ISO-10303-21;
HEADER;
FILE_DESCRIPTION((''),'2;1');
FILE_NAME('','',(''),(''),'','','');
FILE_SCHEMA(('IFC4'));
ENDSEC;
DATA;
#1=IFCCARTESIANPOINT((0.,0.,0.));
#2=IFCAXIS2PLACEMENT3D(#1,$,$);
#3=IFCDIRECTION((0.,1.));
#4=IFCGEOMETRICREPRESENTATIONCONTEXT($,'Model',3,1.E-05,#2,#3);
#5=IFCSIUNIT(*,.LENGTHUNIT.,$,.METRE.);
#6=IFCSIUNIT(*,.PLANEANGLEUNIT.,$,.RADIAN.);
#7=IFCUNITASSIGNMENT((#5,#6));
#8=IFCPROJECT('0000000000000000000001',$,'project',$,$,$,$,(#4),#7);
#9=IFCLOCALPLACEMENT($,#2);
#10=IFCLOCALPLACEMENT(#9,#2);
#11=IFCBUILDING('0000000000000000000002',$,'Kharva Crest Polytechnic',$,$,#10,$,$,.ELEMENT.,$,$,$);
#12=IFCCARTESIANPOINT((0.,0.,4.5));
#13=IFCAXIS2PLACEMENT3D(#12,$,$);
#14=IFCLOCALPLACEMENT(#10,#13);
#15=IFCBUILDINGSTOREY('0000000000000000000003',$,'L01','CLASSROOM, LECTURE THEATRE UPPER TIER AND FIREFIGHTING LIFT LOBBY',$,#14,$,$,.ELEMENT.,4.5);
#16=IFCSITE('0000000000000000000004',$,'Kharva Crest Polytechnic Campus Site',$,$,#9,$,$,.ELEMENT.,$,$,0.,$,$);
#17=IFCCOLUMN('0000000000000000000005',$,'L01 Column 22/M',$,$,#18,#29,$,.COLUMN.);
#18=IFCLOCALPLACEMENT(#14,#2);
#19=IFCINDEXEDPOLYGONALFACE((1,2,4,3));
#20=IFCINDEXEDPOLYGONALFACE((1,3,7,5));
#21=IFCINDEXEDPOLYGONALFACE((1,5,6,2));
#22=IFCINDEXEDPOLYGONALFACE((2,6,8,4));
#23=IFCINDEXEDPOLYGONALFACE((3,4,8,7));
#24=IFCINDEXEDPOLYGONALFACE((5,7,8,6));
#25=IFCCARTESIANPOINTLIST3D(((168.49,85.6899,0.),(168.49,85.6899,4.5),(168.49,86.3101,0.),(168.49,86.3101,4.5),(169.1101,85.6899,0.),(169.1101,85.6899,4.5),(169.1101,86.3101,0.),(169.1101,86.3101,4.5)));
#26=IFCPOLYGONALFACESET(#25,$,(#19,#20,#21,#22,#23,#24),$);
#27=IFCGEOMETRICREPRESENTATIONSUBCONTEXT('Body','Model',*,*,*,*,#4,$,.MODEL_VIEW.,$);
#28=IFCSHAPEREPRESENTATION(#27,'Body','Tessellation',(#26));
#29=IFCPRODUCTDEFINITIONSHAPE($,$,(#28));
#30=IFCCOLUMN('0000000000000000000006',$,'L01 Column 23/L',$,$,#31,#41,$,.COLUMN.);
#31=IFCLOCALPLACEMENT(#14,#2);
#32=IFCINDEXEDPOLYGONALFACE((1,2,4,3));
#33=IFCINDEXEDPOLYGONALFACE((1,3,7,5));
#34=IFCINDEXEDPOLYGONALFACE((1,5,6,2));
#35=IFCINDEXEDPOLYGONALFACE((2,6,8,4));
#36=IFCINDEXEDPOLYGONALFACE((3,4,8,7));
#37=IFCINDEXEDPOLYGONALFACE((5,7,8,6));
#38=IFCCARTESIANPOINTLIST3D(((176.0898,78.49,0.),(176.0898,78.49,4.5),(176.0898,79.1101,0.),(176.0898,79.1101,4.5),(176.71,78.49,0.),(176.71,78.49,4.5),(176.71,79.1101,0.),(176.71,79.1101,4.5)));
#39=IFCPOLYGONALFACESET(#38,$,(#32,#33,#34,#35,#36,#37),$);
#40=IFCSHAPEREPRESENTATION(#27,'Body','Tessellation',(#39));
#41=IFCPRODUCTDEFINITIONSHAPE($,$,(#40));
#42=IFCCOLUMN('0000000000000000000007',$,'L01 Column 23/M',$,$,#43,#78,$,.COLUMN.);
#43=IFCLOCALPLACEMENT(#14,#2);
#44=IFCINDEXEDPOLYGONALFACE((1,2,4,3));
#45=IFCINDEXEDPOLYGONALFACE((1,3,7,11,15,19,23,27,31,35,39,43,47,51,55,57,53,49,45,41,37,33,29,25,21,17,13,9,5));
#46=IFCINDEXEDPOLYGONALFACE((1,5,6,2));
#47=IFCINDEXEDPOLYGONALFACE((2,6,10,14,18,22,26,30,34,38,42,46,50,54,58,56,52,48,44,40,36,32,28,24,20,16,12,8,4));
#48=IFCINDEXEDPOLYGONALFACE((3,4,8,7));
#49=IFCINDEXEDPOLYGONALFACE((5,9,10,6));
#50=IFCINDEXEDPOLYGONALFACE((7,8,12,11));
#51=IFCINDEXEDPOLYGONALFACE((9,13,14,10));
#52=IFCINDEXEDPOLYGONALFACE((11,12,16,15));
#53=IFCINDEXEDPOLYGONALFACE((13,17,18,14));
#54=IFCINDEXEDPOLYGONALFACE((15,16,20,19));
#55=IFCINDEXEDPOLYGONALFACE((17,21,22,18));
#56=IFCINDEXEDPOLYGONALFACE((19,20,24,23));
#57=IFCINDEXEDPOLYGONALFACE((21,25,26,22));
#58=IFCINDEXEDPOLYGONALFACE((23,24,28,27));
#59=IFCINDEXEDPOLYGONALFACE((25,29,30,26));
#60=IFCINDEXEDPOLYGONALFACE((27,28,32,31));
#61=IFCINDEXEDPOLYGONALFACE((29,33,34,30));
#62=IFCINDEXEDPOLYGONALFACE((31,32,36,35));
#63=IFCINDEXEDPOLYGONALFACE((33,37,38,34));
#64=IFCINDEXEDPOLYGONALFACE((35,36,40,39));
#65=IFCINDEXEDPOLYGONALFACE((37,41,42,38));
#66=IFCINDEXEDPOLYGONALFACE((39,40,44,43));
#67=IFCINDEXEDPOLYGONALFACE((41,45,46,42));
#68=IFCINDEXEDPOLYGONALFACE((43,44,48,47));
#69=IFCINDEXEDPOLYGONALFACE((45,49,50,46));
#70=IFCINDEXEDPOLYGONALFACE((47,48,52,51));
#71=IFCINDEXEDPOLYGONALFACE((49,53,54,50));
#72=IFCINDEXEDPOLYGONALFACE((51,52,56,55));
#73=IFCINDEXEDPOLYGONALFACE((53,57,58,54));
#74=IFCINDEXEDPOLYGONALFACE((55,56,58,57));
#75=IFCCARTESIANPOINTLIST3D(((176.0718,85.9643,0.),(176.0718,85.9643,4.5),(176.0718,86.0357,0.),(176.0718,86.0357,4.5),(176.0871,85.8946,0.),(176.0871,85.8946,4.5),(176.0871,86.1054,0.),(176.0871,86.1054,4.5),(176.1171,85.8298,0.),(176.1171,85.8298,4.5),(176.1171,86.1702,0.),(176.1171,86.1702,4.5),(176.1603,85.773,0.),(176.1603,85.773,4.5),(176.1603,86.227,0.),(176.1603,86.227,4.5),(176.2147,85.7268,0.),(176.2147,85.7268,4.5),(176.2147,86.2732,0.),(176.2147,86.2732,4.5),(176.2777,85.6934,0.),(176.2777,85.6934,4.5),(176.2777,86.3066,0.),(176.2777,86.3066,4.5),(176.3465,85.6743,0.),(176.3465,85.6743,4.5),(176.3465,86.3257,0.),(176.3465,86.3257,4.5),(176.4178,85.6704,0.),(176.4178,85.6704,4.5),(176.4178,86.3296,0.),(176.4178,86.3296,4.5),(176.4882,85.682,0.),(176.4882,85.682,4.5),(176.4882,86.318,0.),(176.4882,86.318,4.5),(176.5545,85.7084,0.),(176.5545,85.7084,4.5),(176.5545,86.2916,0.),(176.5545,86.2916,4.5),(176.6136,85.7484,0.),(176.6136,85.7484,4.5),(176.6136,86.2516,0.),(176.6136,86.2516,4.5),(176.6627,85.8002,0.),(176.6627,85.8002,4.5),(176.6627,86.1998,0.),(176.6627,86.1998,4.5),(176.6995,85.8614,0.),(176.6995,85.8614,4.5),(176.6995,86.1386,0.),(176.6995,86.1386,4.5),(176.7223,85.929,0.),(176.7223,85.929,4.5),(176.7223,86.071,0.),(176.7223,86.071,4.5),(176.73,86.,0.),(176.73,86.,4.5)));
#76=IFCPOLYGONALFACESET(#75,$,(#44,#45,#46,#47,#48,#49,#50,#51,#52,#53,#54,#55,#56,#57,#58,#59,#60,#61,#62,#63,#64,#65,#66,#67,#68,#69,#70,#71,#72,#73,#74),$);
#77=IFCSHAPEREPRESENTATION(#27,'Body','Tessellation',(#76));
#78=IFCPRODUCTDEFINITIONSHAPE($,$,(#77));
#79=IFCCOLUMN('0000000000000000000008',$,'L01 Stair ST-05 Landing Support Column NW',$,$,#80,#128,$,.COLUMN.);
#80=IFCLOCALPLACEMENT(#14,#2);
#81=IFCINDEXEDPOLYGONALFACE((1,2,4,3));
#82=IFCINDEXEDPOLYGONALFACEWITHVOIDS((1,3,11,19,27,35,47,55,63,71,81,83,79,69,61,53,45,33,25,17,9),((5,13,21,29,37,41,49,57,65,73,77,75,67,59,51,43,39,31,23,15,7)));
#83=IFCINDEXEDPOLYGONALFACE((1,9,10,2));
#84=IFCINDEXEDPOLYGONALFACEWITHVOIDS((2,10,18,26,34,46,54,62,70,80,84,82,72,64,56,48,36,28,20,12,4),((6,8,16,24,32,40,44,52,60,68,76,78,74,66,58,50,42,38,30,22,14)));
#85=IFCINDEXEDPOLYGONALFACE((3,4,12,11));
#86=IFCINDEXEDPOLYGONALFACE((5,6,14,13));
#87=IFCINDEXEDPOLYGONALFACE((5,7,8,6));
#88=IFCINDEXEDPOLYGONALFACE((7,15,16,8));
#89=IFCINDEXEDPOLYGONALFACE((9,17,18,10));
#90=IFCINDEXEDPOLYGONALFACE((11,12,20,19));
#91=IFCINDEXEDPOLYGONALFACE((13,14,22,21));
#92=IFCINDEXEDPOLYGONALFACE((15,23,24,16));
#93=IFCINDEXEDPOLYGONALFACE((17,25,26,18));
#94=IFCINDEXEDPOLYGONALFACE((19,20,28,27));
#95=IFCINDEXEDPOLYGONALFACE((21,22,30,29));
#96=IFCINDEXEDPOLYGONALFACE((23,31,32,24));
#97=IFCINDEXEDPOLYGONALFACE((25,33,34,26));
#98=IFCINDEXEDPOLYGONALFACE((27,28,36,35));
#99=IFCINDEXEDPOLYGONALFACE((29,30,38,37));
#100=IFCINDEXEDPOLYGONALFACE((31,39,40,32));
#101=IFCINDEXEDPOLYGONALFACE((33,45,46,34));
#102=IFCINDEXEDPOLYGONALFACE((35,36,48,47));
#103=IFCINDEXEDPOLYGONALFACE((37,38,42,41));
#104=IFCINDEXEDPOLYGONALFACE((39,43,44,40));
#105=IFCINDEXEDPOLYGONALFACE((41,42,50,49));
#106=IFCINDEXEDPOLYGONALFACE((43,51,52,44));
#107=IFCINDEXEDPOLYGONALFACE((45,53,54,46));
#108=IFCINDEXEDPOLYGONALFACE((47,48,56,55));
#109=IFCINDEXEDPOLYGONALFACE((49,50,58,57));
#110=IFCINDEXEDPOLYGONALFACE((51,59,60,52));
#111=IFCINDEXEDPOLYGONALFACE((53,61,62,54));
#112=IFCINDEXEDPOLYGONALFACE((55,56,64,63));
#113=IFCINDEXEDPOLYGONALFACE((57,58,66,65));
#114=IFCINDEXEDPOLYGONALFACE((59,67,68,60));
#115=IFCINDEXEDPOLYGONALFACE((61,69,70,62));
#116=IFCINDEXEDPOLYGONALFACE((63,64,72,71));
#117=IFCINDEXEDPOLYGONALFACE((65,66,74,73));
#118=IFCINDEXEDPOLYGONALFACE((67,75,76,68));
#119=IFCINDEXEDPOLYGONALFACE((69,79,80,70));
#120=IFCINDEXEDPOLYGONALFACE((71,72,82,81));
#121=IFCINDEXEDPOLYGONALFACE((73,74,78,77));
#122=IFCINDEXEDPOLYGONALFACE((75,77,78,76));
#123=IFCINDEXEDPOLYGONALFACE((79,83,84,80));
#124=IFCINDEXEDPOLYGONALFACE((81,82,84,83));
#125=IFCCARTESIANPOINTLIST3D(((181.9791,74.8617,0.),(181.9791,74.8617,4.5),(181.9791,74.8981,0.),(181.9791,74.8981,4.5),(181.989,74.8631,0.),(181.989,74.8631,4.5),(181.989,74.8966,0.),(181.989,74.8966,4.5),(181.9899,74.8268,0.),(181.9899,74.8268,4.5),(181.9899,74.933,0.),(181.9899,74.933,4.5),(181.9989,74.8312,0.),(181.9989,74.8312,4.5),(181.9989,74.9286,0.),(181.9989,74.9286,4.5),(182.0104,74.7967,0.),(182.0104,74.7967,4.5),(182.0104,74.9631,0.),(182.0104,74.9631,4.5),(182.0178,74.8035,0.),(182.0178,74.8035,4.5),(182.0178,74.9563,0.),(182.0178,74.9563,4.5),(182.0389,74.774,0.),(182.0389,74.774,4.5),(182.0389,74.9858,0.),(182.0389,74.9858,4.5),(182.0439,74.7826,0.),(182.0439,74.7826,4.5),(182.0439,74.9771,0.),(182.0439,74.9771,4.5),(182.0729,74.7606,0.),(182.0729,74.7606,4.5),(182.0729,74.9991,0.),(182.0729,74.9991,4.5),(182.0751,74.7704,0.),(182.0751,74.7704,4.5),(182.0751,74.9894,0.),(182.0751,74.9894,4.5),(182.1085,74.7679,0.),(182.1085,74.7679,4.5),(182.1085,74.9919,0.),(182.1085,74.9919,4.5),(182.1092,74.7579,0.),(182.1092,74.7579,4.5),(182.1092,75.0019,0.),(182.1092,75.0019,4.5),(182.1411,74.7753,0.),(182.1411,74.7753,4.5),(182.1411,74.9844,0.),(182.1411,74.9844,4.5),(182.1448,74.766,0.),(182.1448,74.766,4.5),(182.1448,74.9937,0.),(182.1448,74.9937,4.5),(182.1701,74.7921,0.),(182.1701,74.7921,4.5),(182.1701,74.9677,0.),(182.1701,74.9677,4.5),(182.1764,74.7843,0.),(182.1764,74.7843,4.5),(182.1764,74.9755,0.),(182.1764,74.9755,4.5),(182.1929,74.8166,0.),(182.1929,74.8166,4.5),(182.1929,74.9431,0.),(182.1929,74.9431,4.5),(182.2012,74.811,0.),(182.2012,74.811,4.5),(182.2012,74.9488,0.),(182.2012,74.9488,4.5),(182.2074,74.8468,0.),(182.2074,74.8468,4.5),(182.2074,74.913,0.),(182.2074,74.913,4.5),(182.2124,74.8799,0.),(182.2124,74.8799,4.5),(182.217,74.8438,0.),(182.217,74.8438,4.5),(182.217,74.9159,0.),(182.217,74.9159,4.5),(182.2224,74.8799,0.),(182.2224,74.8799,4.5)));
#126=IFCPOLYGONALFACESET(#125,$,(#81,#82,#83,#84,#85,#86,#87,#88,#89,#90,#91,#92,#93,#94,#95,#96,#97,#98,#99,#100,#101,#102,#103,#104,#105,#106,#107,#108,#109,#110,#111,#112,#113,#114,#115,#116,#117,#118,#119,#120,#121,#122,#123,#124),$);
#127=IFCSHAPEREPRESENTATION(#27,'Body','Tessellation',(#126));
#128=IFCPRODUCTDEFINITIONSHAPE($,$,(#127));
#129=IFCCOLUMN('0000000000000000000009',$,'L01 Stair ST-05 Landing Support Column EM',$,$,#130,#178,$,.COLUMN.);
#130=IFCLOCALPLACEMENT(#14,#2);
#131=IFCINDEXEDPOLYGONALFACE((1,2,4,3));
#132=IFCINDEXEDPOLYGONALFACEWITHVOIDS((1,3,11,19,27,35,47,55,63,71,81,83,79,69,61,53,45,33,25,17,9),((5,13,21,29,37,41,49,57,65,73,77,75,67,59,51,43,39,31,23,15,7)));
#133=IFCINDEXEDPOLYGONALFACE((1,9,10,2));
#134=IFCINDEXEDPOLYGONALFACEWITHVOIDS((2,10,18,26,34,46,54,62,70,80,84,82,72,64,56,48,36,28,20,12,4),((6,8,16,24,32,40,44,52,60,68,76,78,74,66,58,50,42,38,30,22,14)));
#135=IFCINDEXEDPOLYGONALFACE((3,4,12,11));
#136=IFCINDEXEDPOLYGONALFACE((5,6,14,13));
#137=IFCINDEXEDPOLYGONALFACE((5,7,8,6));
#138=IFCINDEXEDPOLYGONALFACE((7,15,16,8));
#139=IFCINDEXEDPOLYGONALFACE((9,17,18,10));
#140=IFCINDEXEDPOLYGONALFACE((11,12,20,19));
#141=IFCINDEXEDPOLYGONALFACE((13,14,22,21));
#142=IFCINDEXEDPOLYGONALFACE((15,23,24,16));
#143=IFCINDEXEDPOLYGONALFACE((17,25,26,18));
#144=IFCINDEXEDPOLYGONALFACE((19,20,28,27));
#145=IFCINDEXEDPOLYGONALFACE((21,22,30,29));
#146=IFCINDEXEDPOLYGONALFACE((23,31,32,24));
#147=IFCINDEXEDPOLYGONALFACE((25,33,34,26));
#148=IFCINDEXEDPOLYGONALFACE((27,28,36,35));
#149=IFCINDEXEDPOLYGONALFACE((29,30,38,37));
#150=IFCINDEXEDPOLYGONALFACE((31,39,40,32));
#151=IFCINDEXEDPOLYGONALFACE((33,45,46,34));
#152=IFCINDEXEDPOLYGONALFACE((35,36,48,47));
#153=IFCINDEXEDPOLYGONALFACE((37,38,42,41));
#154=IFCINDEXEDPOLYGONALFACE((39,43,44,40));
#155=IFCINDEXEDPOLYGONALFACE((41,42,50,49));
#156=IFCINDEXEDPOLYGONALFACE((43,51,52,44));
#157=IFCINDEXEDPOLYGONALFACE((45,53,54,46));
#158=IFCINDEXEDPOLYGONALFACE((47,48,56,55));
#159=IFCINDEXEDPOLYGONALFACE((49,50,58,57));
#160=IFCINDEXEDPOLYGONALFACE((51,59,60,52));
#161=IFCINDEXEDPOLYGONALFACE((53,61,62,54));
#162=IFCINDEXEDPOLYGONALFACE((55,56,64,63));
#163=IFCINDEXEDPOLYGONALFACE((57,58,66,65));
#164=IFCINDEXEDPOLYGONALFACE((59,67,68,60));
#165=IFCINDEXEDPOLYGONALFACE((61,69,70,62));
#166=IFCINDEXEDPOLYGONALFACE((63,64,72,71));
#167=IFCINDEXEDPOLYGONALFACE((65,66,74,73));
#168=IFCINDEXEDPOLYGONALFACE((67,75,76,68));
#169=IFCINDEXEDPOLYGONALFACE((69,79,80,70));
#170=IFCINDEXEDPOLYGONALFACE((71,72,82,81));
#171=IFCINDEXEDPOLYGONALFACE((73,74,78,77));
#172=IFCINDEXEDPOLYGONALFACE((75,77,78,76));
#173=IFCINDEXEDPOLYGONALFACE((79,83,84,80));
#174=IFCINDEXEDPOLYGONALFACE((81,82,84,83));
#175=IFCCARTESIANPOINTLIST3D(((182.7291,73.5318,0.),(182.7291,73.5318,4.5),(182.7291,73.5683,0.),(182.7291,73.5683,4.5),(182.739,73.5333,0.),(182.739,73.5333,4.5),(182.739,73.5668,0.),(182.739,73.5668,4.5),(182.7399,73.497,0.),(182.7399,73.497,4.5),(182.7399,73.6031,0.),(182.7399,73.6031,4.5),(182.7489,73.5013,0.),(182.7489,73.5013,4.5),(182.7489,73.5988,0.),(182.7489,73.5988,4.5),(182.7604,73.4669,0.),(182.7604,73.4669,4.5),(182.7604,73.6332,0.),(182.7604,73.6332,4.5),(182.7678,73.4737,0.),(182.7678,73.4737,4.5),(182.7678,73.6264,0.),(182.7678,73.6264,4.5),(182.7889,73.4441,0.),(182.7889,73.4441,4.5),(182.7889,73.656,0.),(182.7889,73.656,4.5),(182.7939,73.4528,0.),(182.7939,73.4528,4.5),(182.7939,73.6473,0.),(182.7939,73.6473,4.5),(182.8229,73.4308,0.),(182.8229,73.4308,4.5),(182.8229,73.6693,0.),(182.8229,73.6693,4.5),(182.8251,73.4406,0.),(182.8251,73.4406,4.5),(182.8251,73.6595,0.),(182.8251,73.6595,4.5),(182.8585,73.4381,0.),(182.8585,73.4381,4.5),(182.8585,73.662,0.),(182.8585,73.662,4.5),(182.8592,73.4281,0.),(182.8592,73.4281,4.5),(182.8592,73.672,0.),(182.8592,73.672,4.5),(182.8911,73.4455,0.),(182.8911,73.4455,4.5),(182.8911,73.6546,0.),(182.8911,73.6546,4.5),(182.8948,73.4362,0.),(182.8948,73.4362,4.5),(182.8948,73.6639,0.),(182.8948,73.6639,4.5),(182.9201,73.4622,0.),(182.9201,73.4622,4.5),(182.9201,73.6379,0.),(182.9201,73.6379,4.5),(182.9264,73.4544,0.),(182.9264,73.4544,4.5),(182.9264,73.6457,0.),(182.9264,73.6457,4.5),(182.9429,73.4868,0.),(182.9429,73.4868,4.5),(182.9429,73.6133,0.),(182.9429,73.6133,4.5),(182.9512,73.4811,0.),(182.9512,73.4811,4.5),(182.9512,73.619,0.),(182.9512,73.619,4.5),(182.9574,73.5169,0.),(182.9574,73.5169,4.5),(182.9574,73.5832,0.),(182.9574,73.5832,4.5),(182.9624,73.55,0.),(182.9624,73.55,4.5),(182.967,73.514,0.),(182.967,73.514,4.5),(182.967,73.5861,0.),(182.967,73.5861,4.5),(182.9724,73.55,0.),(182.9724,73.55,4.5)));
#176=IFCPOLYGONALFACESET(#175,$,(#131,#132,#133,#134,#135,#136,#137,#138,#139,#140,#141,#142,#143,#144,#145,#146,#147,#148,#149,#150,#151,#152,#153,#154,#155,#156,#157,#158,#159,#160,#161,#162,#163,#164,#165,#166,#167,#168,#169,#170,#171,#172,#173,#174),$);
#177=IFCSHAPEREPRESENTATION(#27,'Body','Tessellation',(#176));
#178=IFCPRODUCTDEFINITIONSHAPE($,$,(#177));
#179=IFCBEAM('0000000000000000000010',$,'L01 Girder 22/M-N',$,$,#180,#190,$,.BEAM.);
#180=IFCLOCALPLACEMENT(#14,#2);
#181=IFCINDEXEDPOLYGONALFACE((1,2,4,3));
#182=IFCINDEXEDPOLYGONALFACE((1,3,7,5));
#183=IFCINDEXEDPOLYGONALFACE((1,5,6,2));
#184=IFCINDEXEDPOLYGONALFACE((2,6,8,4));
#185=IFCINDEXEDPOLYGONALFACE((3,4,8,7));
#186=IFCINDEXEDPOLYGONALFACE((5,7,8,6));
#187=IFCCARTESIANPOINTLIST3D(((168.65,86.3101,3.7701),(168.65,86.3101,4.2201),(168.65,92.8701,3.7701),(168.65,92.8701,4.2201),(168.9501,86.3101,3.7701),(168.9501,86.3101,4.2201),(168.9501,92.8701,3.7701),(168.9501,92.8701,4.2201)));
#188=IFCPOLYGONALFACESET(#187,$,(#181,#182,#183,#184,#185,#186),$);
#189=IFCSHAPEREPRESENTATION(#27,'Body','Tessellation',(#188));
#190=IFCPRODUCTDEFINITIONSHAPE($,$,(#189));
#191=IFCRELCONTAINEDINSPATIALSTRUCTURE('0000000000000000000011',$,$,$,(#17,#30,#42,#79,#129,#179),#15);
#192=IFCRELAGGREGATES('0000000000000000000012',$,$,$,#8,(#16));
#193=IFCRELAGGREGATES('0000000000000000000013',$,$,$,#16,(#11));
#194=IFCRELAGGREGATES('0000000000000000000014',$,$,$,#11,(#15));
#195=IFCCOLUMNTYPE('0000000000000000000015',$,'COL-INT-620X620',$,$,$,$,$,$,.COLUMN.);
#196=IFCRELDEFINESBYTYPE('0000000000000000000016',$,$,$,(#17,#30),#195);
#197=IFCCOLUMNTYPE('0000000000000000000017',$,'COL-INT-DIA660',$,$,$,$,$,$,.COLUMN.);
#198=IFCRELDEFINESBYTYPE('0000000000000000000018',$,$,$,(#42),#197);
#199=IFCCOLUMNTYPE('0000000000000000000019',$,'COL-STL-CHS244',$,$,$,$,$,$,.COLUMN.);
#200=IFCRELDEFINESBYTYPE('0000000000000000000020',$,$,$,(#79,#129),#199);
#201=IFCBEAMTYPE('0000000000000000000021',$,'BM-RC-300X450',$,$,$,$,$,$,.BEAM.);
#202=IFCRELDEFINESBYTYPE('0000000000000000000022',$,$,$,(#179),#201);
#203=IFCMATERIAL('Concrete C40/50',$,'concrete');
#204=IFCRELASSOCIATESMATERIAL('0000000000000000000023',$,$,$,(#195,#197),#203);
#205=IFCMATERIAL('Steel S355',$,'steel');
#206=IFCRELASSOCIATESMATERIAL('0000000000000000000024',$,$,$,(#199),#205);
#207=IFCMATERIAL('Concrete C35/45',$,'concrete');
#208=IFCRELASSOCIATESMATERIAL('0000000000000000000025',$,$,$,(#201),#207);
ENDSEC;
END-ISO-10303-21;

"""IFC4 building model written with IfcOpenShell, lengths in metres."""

from ifc_helpers import new_model, si_unit, direction, frame, origin, origin_2d, place, context, subcontext, project, spatial, rectangle, circle, hollow_circle, extrude, material, material_profile, profile_set, type_object, element, save


model = new_model("IFC4")

# Units and contexts
model_context = context("Model", 3, precision=1e-05, world=origin(), true_north=direction((0.0, 1.0)))
body_context = subcontext(model_context, "Body", "Model", "MODEL_VIEW")
ifc_project = project(units=[si_unit("LENGTHUNIT", "METRE"), si_unit("PLANEANGLEUNIT", "RADIAN")], contexts=[model_context])

# Site, building, storey
site_placement = place(None, origin())
site = spatial("IfcSite", under=ifc_project, at=site_placement, Name="Kharva Crest Polytechnic Campus Site", CompositionType="ELEMENT", RefElevation=0.0)
building_placement = place(site_placement, origin())
building = spatial("IfcBuilding", under=site, at=building_placement, Name="Kharva Crest Polytechnic", CompositionType="ELEMENT")
storey_placement = place(building_placement, frame((0.0, 0.0, 4.5)))
storey = spatial("IfcBuildingStorey", under=building, at=storey_placement, Name="L01", Description="CLASSROOM, LECTURE THEATRE UPPER TIER AND FIREFIGHTING LIFT LOBBY", CompositionType="ELEMENT", Elevation=4.5)

# Columns
ifc_material_1 = material(Name="Concrete C40/50", Category="concrete")
ifc_material_profile_1 = material_profile(ifc_material_1, rectangle(XDim=0.6201, YDim=0.6201, at=origin_2d()), Name="RECT 620 X 620")
ifc_profile_set_1 = profile_set([ifc_material_profile_1], Name="Concrete C40/50")
column_type_1 = type_object("IfcColumnType", Name="COL-INT-620X620", PredefinedType="COLUMN", material=ifc_profile_set_1)
for number, where, z_axis, x_axis, name in (
    (1, (168.8, 86.0, 0.0), (0.0, 0.0, 1.0), (1.0, 0.0, 0.0), "L01 Column 22/M"),
    (2, (176.3999, 78.8, 0.0), (0.0, 0.0, 1.0), (1.0, 0.0, 0.0), "L01 Column 23/L"),
):
    element("IfcColumn", number, at=place(storey_placement, frame(where, z_axis=z_axis, x_axis=x_axis)), inside=storey, type_object=column_type_1, Name=name, PredefinedType="COLUMN", context=body_context, shape_type="SweptSolid", body=[
        extrude(rectangle(XDim=0.6201, YDim=0.6201, at=origin_2d()), origin(), (0.0, 0.0, 1.0), 4.5),
    ])
ifc_material_profile_2 = material_profile(ifc_material_1, circle(Radius=0.3301, at=origin_2d()), Name="DIA 660")
ifc_profile_set_2 = profile_set([ifc_material_profile_2], Name="Concrete C40/50")
column_type_2 = type_object("IfcColumnType", Name="COL-INT-DIA660", PredefinedType="COLUMN", material=ifc_profile_set_2)
column_placement = place(storey_placement, frame((176.3999, 86.0, 0.0), z_axis=(0.0, 0.0, 1.0), x_axis=(1.0, 0.0, 0.0)))
element("IfcColumn", 3, at=column_placement, inside=storey, type_object=column_type_2, Name="L01 Column 23/M", PredefinedType="COLUMN", context=body_context, shape_type="SweptSolid", body=[
    extrude(circle(Radius=0.3301, at=origin_2d()), origin(), (0.0, 0.0, 1.0), 4.5),
])
ifc_material_2 = material(Name="Steel S355", Category="steel")
ifc_material_profile_3 = material_profile(ifc_material_2, hollow_circle(Radius=0.1223, WallThickness=0.01, at=origin_2d()), Name="CHS 244.5X10.0")
ifc_profile_set_3 = profile_set([ifc_material_profile_3], Name="Steel S355")
column_type_3 = type_object("IfcColumnType", Name="COL-STL-CHS244", PredefinedType="COLUMN", material=ifc_profile_set_3)
for number, where, z_axis, x_axis, name in (
    (4, (182.1001, 74.8799, 0.0), (0.0, 0.0, 1.0), (1.0, 0.0, 0.0), "L01 Stair ST-05 Landing Support Column NW"),
    (5, (182.8501, 73.55, 0.0), (0.0, 0.0, 1.0), (1.0, 0.0, 0.0), "L01 Stair ST-05 Landing Support Column EM"),
):
    element("IfcColumn", number, at=place(storey_placement, frame(where, z_axis=z_axis, x_axis=x_axis)), inside=storey, type_object=column_type_3, Name=name, PredefinedType="COLUMN", context=body_context, shape_type="SweptSolid", body=[
        extrude(hollow_circle(Radius=0.1223, WallThickness=0.01, at=origin_2d()), origin(), (0.0, 0.0, 1.0), 4.5),
    ])

# Beam
ifc_material_3 = material(Name="Concrete C35/45", Category="concrete")
ifc_material_profile_4 = material_profile(ifc_material_3, rectangle(XDim=0.3, YDim=0.45, at=origin_2d()), Name="RECT 300 X 450")
ifc_profile_set_4 = profile_set([ifc_material_profile_4], Name="Concrete C35/45")
beam_type_1 = type_object("IfcBeamType", Name="BM-RC-300X450", PredefinedType="BEAM", material=ifc_profile_set_4)
beam_1_placement = place(storey_placement, frame((168.8, 86.3101, 3.9951), z_axis=(0.0, 1.0, 0.0), x_axis=(-1.0, 0.0, 0.0)))
element("IfcBeam", 6, at=beam_1_placement, inside=storey, type_object=beam_type_1, Name="L01 Girder 22/M-N", PredefinedType="BEAM", context=body_context, shape_type="SweptSolid", body=[
    extrude(rectangle(XDim=0.3, YDim=0.45, at=origin_2d()), origin(), (0.0, 0.0, 1.0), 6.5601),
])

save(model, "model.ifc")
